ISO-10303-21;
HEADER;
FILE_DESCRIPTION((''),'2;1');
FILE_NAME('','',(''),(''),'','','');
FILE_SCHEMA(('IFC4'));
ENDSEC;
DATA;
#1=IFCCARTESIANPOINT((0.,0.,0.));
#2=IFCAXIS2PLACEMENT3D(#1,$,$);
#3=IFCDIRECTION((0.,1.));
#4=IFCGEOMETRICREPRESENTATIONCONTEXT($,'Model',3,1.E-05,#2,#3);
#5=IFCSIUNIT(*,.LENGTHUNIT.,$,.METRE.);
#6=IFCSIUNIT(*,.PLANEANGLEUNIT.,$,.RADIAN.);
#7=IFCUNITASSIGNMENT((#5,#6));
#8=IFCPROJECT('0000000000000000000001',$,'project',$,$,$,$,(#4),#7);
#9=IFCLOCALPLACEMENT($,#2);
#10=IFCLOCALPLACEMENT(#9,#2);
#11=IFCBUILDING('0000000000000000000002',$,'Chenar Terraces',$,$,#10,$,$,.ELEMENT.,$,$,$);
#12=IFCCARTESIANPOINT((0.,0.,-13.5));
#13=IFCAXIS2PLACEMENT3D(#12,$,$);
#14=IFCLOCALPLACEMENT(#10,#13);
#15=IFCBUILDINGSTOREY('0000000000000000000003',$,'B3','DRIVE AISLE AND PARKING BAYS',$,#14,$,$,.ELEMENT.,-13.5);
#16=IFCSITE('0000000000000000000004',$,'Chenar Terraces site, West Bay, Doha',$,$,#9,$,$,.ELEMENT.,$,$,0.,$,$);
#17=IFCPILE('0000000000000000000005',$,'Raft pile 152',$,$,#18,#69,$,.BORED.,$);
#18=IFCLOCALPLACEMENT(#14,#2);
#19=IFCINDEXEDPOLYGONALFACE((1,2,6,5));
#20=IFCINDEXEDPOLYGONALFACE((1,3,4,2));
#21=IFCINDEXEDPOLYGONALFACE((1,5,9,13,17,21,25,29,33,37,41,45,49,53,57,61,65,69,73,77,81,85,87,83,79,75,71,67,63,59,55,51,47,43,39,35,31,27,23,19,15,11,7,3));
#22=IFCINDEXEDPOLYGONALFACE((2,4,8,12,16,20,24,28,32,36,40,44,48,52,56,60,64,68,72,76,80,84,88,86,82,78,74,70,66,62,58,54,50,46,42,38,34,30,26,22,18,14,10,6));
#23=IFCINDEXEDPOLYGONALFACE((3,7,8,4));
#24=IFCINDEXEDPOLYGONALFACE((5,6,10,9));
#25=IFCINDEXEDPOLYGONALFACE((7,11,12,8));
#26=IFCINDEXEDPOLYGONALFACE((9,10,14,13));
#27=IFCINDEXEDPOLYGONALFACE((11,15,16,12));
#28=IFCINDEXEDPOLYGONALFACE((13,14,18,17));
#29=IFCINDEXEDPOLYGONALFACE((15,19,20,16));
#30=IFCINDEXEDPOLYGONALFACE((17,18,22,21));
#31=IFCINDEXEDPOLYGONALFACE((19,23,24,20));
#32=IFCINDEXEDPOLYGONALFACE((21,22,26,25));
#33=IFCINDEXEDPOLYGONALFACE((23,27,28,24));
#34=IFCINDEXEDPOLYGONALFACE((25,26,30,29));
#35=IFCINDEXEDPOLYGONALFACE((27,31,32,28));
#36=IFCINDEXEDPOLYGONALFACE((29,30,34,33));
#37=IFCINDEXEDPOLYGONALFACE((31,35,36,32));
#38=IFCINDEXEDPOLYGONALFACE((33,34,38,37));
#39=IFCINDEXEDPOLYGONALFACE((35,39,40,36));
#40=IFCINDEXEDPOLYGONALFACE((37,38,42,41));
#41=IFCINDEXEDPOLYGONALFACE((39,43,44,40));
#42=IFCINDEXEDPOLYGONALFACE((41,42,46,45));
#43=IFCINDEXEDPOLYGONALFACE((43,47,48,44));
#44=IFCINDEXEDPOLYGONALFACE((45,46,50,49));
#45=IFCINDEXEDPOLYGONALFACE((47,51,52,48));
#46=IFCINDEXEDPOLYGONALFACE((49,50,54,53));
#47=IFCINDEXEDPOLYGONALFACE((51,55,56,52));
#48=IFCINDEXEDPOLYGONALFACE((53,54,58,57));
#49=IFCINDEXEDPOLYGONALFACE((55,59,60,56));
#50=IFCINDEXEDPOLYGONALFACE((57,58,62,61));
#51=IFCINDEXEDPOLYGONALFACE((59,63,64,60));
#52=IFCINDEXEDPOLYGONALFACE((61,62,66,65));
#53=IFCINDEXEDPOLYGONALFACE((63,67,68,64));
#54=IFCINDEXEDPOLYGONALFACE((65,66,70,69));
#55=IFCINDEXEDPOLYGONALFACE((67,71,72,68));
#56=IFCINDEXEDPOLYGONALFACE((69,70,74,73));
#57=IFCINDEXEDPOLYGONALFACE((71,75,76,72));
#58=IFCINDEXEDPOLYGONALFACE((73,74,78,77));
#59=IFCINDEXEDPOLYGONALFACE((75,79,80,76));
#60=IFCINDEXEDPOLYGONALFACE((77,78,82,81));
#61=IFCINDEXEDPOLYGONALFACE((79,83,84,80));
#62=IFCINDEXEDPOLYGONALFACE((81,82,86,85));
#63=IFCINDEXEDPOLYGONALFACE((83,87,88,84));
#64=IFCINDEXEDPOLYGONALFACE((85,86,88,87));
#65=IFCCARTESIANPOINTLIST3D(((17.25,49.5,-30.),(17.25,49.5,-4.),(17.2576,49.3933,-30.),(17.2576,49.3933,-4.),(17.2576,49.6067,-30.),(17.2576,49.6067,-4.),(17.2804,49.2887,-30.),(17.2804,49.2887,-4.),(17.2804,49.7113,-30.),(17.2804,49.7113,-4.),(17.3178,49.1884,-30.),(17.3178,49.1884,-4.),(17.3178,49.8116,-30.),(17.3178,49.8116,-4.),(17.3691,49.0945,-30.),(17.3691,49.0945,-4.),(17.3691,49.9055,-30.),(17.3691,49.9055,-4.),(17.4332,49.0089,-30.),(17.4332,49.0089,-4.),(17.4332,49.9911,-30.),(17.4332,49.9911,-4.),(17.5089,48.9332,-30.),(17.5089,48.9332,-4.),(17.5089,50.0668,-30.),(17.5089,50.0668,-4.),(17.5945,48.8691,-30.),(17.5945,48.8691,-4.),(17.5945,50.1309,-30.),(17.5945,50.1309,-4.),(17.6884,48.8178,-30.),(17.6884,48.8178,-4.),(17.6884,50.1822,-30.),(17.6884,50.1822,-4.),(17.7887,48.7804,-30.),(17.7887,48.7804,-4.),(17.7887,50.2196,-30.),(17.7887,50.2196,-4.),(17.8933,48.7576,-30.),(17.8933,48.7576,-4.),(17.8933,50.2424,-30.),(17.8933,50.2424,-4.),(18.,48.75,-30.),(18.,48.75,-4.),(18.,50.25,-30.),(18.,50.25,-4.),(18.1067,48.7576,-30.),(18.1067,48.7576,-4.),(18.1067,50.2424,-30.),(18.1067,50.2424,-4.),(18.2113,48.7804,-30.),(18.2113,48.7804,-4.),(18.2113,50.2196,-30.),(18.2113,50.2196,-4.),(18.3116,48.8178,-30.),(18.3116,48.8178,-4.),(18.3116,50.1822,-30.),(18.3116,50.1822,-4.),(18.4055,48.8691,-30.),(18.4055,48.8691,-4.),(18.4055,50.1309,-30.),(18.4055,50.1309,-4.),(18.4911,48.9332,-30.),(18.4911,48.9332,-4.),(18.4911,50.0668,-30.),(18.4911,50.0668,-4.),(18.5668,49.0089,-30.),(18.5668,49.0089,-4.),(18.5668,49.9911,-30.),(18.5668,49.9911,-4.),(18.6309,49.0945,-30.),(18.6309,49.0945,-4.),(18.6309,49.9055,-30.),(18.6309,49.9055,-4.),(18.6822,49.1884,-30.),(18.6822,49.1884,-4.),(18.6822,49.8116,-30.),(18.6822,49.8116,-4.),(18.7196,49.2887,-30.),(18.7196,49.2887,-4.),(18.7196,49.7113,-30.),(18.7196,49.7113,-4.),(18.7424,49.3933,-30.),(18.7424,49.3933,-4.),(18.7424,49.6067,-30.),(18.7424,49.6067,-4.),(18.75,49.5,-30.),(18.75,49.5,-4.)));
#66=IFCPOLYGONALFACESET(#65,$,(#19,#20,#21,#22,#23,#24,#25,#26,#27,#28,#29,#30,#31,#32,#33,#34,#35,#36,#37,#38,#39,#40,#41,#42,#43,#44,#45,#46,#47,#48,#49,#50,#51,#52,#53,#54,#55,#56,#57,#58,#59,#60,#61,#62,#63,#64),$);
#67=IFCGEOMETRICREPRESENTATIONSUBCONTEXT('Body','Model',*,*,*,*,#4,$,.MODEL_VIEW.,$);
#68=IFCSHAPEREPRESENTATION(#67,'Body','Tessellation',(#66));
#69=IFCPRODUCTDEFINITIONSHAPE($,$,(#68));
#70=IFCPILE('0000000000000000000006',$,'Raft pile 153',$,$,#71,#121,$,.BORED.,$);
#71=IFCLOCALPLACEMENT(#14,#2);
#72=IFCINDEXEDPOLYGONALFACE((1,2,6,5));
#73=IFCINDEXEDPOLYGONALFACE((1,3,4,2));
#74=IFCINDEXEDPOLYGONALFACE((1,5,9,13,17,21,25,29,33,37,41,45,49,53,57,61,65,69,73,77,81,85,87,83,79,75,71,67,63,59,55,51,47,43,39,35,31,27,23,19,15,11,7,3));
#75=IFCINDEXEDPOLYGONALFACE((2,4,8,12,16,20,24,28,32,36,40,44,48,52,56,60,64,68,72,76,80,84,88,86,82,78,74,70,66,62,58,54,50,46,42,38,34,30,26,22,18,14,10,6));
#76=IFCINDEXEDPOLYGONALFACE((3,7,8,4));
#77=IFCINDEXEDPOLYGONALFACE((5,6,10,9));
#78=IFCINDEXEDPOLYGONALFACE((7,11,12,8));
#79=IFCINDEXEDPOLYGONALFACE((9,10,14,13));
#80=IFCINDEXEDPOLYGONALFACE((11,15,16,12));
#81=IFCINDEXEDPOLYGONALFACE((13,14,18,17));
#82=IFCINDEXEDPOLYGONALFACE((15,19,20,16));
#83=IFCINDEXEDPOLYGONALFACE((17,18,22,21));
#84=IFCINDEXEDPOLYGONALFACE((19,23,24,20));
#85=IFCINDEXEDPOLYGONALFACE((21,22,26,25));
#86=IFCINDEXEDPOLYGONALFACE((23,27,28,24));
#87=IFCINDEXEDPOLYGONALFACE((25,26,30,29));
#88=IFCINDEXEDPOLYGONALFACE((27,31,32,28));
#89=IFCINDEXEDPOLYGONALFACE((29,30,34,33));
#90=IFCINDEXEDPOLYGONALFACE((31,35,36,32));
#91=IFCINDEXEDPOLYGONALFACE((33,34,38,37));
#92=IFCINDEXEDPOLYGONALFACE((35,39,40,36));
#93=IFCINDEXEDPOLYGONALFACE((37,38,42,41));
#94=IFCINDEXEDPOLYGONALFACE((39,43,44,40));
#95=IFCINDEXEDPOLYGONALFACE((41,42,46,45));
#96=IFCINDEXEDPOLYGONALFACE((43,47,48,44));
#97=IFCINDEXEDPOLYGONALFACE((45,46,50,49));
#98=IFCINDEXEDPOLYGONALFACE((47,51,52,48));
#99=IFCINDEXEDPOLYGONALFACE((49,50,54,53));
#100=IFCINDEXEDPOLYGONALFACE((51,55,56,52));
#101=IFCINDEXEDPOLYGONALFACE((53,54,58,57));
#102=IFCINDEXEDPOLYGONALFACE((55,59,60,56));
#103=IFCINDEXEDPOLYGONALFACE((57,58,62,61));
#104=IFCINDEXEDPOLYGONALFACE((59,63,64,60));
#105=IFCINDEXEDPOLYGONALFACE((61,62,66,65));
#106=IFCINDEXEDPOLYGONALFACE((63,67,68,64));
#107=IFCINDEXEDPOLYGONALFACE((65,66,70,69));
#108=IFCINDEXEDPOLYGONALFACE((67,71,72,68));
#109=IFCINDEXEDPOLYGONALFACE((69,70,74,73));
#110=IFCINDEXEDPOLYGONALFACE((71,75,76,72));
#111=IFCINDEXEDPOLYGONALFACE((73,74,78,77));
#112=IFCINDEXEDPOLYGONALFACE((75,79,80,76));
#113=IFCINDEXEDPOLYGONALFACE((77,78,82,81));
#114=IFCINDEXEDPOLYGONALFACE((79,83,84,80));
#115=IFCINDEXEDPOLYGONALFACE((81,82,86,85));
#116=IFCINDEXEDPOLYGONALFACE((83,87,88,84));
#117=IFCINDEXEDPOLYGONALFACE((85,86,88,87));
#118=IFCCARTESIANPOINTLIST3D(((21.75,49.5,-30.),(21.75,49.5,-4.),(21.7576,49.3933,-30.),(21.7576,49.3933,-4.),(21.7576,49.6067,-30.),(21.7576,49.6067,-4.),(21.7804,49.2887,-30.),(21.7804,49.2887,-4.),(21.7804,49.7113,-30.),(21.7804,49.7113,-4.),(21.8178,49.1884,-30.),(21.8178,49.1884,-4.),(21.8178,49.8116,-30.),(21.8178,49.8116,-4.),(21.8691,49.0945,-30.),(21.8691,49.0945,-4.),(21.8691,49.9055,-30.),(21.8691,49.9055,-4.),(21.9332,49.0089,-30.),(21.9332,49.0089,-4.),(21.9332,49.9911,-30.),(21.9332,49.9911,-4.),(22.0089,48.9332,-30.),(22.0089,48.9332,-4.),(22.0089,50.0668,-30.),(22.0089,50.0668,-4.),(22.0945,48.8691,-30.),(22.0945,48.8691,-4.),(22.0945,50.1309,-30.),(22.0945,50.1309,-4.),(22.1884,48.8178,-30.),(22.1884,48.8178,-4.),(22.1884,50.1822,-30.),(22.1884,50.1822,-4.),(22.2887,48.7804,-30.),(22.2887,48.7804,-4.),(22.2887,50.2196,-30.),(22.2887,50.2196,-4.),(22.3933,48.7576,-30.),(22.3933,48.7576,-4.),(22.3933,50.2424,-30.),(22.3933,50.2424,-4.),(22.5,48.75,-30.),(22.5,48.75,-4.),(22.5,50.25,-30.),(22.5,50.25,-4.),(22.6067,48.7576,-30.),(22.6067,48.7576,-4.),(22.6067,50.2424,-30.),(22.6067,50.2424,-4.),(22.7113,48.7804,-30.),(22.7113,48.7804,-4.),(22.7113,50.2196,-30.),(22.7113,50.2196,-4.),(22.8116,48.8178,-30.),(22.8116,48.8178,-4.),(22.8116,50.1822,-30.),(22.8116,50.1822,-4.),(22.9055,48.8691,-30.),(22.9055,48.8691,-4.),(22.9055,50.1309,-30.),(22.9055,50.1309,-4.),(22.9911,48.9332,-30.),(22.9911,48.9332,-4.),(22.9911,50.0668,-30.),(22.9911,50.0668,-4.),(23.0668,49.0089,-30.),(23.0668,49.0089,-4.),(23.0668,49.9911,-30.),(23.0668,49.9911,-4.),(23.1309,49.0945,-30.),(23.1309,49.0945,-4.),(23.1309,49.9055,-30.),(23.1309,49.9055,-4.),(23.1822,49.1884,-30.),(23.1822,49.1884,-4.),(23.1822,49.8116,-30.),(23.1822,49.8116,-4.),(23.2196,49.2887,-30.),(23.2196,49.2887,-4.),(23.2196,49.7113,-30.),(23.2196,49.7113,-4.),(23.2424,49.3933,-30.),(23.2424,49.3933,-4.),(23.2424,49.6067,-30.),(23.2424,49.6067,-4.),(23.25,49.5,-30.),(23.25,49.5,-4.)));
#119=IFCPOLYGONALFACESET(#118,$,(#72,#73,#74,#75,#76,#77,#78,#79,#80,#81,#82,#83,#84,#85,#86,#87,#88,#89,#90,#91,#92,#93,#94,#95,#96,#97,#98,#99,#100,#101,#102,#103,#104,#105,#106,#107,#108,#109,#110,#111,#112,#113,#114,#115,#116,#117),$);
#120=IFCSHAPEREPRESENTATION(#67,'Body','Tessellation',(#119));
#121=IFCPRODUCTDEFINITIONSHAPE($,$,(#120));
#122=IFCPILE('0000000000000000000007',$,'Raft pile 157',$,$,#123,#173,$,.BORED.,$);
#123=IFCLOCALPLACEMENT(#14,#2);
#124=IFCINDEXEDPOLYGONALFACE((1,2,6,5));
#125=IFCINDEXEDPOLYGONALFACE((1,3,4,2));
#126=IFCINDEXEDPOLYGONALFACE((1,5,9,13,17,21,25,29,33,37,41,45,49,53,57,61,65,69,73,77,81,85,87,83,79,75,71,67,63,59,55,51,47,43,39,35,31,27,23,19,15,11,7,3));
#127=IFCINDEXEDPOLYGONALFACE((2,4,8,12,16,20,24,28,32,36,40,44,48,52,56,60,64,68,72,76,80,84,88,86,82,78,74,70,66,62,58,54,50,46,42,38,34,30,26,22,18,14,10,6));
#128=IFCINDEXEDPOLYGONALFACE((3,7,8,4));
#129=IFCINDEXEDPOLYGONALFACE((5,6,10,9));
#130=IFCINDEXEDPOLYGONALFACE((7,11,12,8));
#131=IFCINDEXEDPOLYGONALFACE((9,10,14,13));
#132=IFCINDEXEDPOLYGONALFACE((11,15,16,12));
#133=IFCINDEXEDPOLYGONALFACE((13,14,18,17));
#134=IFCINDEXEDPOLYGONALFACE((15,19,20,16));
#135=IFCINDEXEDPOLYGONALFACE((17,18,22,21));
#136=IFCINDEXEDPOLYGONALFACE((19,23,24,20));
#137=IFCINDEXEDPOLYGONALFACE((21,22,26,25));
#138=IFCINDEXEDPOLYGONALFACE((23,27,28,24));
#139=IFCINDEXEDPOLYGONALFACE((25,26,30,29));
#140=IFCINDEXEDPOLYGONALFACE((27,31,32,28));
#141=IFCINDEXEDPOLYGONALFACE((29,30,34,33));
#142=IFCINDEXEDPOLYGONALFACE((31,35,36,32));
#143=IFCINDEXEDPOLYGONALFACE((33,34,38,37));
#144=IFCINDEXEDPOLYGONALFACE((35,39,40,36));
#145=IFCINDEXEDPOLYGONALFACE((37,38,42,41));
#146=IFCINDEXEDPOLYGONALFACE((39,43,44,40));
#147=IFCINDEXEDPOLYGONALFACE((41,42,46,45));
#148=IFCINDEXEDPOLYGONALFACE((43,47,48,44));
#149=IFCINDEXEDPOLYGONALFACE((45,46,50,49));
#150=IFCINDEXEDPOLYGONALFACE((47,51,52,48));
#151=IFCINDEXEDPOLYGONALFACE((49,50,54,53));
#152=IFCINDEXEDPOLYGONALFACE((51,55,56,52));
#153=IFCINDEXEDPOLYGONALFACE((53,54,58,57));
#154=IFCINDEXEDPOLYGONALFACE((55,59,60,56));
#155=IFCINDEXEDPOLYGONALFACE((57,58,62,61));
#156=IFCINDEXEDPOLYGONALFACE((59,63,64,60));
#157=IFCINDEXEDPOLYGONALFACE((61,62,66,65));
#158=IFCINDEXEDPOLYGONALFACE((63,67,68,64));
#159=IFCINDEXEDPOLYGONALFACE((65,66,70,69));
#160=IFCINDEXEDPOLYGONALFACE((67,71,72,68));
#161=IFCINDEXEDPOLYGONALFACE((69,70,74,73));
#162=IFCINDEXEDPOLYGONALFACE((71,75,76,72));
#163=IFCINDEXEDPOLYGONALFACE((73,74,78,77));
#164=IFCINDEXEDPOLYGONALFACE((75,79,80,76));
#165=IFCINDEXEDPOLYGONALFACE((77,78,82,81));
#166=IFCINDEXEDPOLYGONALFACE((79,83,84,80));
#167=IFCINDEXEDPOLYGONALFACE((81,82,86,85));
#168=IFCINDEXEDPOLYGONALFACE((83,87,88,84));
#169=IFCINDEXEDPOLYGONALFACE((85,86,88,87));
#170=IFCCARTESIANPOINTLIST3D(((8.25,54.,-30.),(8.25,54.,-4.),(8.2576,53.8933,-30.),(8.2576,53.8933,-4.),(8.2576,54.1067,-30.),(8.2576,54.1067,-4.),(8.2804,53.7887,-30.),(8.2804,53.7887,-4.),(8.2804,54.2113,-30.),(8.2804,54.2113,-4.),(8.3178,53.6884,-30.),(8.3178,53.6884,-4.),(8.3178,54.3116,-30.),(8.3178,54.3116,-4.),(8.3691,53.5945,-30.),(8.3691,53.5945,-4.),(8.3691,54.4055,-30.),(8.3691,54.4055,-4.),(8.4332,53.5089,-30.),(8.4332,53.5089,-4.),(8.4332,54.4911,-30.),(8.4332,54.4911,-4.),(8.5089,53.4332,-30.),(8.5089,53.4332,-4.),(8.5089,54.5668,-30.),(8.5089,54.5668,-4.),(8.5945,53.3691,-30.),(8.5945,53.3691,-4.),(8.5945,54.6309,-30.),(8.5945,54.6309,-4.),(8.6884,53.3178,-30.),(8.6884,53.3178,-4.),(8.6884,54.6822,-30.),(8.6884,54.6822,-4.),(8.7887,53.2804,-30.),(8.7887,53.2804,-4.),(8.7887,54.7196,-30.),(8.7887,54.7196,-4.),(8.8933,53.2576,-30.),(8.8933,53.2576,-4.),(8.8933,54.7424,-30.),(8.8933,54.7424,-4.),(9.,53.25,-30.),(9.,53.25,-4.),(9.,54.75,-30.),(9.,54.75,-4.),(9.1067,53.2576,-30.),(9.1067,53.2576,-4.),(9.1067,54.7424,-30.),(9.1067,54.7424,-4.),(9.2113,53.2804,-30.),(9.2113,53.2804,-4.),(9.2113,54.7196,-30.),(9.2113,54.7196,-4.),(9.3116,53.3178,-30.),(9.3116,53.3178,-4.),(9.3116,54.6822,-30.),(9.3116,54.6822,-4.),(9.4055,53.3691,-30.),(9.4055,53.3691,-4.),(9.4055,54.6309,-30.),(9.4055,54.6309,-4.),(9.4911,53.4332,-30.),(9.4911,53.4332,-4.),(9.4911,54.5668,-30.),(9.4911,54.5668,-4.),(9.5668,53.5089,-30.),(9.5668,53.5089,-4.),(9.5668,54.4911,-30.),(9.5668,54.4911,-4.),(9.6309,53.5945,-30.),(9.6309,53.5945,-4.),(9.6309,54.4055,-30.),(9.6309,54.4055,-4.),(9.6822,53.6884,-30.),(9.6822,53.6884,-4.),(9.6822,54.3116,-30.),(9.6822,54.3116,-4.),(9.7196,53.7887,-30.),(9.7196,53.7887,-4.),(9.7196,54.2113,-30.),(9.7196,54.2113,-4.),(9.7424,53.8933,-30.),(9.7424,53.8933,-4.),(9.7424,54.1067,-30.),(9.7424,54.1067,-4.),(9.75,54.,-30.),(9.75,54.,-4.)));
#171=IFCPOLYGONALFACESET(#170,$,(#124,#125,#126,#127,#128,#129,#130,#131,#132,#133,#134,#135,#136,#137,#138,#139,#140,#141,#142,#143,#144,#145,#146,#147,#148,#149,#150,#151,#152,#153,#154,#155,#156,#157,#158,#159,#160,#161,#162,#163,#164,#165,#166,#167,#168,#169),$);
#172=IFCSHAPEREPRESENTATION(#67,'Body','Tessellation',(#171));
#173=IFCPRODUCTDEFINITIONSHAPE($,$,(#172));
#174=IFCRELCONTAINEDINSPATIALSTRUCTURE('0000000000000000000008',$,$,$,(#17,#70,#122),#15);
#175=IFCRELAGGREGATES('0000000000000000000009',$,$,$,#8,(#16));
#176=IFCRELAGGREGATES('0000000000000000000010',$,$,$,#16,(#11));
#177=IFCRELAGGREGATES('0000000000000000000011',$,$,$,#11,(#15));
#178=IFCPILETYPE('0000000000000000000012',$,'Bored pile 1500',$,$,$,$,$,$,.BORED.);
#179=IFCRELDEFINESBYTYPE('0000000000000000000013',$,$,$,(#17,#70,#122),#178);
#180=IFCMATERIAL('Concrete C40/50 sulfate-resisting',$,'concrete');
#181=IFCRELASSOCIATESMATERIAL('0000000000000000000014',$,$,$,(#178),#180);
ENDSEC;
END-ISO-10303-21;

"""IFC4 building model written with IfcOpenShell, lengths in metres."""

from ifc_helpers import new_model, si_unit, direction, frame, origin, origin_2d, place, context, subcontext, project, spatial, circle, extrude, material, material_profile, profile_set, type_object, element, save


model = new_model("IFC4")

# Units and contexts
model_context = context("Model", 3, precision=1e-05, world=origin(), true_north=direction((0.0, 1.0)))
body_context = subcontext(model_context, "Body", "Model", "MODEL_VIEW")
ifc_project = project(units=[si_unit("LENGTHUNIT", "METRE"), si_unit("PLANEANGLEUNIT", "RADIAN")], contexts=[model_context])

# Site, building, storey
site_placement = place(None, origin())
site = spatial("IfcSite", under=ifc_project, at=site_placement, Name="Chenar Terraces site, West Bay, Doha", CompositionType="ELEMENT", RefElevation=0.0)
building_placement = place(site_placement, origin())
building = spatial("IfcBuilding", under=site, at=building_placement, Name="Chenar Terraces", CompositionType="ELEMENT")
storey_placement = place(building_placement, frame((0.0, 0.0, -13.5)))
storey = spatial("IfcBuildingStorey", under=building, at=storey_placement, Name="B3", Description="DRIVE AISLE AND PARKING BAYS", CompositionType="ELEMENT", Elevation=-13.5)

# Piles
ifc_material_1 = material(Name="Concrete C40/50 sulfate-resisting", Category="concrete")
ifc_material_profile_1 = material_profile(ifc_material_1, circle(Radius=0.75, at=origin_2d()), Name="BP 1500")
ifc_profile_set_1 = profile_set([ifc_material_profile_1], Name="Concrete C40/50 sulfate-resisting")
pile_type = type_object("IfcPileType", Name="Bored pile 1500", PredefinedType="BORED", material=ifc_profile_set_1)
for number, where, z_axis, x_axis, name in (
    (1, (18.0, 49.5, -4.0), (0.0, 0.0, -1.0), (1.0, 0.0, 0.0), "Raft pile 152"),
    (2, (22.5, 49.5, -4.0), (0.0, 0.0, -1.0), (1.0, 0.0, 0.0), "Raft pile 153"),
    (3, (9.0, 54.0, -4.0), (0.0, 0.0, -1.0), (1.0, 0.0, 0.0), "Raft pile 157"),
):
    element("IfcPile", number, at=place(storey_placement, frame(where, z_axis=z_axis, x_axis=x_axis)), inside=storey, type_object=pile_type, Name=name, PredefinedType="BORED", context=body_context, shape_type="SweptSolid", body=[
        extrude(circle(Radius=0.75, at=origin_2d()), origin(), (0.0, 0.0, 1.0), 26.0),
    ])

save(model, "model.ifc")
